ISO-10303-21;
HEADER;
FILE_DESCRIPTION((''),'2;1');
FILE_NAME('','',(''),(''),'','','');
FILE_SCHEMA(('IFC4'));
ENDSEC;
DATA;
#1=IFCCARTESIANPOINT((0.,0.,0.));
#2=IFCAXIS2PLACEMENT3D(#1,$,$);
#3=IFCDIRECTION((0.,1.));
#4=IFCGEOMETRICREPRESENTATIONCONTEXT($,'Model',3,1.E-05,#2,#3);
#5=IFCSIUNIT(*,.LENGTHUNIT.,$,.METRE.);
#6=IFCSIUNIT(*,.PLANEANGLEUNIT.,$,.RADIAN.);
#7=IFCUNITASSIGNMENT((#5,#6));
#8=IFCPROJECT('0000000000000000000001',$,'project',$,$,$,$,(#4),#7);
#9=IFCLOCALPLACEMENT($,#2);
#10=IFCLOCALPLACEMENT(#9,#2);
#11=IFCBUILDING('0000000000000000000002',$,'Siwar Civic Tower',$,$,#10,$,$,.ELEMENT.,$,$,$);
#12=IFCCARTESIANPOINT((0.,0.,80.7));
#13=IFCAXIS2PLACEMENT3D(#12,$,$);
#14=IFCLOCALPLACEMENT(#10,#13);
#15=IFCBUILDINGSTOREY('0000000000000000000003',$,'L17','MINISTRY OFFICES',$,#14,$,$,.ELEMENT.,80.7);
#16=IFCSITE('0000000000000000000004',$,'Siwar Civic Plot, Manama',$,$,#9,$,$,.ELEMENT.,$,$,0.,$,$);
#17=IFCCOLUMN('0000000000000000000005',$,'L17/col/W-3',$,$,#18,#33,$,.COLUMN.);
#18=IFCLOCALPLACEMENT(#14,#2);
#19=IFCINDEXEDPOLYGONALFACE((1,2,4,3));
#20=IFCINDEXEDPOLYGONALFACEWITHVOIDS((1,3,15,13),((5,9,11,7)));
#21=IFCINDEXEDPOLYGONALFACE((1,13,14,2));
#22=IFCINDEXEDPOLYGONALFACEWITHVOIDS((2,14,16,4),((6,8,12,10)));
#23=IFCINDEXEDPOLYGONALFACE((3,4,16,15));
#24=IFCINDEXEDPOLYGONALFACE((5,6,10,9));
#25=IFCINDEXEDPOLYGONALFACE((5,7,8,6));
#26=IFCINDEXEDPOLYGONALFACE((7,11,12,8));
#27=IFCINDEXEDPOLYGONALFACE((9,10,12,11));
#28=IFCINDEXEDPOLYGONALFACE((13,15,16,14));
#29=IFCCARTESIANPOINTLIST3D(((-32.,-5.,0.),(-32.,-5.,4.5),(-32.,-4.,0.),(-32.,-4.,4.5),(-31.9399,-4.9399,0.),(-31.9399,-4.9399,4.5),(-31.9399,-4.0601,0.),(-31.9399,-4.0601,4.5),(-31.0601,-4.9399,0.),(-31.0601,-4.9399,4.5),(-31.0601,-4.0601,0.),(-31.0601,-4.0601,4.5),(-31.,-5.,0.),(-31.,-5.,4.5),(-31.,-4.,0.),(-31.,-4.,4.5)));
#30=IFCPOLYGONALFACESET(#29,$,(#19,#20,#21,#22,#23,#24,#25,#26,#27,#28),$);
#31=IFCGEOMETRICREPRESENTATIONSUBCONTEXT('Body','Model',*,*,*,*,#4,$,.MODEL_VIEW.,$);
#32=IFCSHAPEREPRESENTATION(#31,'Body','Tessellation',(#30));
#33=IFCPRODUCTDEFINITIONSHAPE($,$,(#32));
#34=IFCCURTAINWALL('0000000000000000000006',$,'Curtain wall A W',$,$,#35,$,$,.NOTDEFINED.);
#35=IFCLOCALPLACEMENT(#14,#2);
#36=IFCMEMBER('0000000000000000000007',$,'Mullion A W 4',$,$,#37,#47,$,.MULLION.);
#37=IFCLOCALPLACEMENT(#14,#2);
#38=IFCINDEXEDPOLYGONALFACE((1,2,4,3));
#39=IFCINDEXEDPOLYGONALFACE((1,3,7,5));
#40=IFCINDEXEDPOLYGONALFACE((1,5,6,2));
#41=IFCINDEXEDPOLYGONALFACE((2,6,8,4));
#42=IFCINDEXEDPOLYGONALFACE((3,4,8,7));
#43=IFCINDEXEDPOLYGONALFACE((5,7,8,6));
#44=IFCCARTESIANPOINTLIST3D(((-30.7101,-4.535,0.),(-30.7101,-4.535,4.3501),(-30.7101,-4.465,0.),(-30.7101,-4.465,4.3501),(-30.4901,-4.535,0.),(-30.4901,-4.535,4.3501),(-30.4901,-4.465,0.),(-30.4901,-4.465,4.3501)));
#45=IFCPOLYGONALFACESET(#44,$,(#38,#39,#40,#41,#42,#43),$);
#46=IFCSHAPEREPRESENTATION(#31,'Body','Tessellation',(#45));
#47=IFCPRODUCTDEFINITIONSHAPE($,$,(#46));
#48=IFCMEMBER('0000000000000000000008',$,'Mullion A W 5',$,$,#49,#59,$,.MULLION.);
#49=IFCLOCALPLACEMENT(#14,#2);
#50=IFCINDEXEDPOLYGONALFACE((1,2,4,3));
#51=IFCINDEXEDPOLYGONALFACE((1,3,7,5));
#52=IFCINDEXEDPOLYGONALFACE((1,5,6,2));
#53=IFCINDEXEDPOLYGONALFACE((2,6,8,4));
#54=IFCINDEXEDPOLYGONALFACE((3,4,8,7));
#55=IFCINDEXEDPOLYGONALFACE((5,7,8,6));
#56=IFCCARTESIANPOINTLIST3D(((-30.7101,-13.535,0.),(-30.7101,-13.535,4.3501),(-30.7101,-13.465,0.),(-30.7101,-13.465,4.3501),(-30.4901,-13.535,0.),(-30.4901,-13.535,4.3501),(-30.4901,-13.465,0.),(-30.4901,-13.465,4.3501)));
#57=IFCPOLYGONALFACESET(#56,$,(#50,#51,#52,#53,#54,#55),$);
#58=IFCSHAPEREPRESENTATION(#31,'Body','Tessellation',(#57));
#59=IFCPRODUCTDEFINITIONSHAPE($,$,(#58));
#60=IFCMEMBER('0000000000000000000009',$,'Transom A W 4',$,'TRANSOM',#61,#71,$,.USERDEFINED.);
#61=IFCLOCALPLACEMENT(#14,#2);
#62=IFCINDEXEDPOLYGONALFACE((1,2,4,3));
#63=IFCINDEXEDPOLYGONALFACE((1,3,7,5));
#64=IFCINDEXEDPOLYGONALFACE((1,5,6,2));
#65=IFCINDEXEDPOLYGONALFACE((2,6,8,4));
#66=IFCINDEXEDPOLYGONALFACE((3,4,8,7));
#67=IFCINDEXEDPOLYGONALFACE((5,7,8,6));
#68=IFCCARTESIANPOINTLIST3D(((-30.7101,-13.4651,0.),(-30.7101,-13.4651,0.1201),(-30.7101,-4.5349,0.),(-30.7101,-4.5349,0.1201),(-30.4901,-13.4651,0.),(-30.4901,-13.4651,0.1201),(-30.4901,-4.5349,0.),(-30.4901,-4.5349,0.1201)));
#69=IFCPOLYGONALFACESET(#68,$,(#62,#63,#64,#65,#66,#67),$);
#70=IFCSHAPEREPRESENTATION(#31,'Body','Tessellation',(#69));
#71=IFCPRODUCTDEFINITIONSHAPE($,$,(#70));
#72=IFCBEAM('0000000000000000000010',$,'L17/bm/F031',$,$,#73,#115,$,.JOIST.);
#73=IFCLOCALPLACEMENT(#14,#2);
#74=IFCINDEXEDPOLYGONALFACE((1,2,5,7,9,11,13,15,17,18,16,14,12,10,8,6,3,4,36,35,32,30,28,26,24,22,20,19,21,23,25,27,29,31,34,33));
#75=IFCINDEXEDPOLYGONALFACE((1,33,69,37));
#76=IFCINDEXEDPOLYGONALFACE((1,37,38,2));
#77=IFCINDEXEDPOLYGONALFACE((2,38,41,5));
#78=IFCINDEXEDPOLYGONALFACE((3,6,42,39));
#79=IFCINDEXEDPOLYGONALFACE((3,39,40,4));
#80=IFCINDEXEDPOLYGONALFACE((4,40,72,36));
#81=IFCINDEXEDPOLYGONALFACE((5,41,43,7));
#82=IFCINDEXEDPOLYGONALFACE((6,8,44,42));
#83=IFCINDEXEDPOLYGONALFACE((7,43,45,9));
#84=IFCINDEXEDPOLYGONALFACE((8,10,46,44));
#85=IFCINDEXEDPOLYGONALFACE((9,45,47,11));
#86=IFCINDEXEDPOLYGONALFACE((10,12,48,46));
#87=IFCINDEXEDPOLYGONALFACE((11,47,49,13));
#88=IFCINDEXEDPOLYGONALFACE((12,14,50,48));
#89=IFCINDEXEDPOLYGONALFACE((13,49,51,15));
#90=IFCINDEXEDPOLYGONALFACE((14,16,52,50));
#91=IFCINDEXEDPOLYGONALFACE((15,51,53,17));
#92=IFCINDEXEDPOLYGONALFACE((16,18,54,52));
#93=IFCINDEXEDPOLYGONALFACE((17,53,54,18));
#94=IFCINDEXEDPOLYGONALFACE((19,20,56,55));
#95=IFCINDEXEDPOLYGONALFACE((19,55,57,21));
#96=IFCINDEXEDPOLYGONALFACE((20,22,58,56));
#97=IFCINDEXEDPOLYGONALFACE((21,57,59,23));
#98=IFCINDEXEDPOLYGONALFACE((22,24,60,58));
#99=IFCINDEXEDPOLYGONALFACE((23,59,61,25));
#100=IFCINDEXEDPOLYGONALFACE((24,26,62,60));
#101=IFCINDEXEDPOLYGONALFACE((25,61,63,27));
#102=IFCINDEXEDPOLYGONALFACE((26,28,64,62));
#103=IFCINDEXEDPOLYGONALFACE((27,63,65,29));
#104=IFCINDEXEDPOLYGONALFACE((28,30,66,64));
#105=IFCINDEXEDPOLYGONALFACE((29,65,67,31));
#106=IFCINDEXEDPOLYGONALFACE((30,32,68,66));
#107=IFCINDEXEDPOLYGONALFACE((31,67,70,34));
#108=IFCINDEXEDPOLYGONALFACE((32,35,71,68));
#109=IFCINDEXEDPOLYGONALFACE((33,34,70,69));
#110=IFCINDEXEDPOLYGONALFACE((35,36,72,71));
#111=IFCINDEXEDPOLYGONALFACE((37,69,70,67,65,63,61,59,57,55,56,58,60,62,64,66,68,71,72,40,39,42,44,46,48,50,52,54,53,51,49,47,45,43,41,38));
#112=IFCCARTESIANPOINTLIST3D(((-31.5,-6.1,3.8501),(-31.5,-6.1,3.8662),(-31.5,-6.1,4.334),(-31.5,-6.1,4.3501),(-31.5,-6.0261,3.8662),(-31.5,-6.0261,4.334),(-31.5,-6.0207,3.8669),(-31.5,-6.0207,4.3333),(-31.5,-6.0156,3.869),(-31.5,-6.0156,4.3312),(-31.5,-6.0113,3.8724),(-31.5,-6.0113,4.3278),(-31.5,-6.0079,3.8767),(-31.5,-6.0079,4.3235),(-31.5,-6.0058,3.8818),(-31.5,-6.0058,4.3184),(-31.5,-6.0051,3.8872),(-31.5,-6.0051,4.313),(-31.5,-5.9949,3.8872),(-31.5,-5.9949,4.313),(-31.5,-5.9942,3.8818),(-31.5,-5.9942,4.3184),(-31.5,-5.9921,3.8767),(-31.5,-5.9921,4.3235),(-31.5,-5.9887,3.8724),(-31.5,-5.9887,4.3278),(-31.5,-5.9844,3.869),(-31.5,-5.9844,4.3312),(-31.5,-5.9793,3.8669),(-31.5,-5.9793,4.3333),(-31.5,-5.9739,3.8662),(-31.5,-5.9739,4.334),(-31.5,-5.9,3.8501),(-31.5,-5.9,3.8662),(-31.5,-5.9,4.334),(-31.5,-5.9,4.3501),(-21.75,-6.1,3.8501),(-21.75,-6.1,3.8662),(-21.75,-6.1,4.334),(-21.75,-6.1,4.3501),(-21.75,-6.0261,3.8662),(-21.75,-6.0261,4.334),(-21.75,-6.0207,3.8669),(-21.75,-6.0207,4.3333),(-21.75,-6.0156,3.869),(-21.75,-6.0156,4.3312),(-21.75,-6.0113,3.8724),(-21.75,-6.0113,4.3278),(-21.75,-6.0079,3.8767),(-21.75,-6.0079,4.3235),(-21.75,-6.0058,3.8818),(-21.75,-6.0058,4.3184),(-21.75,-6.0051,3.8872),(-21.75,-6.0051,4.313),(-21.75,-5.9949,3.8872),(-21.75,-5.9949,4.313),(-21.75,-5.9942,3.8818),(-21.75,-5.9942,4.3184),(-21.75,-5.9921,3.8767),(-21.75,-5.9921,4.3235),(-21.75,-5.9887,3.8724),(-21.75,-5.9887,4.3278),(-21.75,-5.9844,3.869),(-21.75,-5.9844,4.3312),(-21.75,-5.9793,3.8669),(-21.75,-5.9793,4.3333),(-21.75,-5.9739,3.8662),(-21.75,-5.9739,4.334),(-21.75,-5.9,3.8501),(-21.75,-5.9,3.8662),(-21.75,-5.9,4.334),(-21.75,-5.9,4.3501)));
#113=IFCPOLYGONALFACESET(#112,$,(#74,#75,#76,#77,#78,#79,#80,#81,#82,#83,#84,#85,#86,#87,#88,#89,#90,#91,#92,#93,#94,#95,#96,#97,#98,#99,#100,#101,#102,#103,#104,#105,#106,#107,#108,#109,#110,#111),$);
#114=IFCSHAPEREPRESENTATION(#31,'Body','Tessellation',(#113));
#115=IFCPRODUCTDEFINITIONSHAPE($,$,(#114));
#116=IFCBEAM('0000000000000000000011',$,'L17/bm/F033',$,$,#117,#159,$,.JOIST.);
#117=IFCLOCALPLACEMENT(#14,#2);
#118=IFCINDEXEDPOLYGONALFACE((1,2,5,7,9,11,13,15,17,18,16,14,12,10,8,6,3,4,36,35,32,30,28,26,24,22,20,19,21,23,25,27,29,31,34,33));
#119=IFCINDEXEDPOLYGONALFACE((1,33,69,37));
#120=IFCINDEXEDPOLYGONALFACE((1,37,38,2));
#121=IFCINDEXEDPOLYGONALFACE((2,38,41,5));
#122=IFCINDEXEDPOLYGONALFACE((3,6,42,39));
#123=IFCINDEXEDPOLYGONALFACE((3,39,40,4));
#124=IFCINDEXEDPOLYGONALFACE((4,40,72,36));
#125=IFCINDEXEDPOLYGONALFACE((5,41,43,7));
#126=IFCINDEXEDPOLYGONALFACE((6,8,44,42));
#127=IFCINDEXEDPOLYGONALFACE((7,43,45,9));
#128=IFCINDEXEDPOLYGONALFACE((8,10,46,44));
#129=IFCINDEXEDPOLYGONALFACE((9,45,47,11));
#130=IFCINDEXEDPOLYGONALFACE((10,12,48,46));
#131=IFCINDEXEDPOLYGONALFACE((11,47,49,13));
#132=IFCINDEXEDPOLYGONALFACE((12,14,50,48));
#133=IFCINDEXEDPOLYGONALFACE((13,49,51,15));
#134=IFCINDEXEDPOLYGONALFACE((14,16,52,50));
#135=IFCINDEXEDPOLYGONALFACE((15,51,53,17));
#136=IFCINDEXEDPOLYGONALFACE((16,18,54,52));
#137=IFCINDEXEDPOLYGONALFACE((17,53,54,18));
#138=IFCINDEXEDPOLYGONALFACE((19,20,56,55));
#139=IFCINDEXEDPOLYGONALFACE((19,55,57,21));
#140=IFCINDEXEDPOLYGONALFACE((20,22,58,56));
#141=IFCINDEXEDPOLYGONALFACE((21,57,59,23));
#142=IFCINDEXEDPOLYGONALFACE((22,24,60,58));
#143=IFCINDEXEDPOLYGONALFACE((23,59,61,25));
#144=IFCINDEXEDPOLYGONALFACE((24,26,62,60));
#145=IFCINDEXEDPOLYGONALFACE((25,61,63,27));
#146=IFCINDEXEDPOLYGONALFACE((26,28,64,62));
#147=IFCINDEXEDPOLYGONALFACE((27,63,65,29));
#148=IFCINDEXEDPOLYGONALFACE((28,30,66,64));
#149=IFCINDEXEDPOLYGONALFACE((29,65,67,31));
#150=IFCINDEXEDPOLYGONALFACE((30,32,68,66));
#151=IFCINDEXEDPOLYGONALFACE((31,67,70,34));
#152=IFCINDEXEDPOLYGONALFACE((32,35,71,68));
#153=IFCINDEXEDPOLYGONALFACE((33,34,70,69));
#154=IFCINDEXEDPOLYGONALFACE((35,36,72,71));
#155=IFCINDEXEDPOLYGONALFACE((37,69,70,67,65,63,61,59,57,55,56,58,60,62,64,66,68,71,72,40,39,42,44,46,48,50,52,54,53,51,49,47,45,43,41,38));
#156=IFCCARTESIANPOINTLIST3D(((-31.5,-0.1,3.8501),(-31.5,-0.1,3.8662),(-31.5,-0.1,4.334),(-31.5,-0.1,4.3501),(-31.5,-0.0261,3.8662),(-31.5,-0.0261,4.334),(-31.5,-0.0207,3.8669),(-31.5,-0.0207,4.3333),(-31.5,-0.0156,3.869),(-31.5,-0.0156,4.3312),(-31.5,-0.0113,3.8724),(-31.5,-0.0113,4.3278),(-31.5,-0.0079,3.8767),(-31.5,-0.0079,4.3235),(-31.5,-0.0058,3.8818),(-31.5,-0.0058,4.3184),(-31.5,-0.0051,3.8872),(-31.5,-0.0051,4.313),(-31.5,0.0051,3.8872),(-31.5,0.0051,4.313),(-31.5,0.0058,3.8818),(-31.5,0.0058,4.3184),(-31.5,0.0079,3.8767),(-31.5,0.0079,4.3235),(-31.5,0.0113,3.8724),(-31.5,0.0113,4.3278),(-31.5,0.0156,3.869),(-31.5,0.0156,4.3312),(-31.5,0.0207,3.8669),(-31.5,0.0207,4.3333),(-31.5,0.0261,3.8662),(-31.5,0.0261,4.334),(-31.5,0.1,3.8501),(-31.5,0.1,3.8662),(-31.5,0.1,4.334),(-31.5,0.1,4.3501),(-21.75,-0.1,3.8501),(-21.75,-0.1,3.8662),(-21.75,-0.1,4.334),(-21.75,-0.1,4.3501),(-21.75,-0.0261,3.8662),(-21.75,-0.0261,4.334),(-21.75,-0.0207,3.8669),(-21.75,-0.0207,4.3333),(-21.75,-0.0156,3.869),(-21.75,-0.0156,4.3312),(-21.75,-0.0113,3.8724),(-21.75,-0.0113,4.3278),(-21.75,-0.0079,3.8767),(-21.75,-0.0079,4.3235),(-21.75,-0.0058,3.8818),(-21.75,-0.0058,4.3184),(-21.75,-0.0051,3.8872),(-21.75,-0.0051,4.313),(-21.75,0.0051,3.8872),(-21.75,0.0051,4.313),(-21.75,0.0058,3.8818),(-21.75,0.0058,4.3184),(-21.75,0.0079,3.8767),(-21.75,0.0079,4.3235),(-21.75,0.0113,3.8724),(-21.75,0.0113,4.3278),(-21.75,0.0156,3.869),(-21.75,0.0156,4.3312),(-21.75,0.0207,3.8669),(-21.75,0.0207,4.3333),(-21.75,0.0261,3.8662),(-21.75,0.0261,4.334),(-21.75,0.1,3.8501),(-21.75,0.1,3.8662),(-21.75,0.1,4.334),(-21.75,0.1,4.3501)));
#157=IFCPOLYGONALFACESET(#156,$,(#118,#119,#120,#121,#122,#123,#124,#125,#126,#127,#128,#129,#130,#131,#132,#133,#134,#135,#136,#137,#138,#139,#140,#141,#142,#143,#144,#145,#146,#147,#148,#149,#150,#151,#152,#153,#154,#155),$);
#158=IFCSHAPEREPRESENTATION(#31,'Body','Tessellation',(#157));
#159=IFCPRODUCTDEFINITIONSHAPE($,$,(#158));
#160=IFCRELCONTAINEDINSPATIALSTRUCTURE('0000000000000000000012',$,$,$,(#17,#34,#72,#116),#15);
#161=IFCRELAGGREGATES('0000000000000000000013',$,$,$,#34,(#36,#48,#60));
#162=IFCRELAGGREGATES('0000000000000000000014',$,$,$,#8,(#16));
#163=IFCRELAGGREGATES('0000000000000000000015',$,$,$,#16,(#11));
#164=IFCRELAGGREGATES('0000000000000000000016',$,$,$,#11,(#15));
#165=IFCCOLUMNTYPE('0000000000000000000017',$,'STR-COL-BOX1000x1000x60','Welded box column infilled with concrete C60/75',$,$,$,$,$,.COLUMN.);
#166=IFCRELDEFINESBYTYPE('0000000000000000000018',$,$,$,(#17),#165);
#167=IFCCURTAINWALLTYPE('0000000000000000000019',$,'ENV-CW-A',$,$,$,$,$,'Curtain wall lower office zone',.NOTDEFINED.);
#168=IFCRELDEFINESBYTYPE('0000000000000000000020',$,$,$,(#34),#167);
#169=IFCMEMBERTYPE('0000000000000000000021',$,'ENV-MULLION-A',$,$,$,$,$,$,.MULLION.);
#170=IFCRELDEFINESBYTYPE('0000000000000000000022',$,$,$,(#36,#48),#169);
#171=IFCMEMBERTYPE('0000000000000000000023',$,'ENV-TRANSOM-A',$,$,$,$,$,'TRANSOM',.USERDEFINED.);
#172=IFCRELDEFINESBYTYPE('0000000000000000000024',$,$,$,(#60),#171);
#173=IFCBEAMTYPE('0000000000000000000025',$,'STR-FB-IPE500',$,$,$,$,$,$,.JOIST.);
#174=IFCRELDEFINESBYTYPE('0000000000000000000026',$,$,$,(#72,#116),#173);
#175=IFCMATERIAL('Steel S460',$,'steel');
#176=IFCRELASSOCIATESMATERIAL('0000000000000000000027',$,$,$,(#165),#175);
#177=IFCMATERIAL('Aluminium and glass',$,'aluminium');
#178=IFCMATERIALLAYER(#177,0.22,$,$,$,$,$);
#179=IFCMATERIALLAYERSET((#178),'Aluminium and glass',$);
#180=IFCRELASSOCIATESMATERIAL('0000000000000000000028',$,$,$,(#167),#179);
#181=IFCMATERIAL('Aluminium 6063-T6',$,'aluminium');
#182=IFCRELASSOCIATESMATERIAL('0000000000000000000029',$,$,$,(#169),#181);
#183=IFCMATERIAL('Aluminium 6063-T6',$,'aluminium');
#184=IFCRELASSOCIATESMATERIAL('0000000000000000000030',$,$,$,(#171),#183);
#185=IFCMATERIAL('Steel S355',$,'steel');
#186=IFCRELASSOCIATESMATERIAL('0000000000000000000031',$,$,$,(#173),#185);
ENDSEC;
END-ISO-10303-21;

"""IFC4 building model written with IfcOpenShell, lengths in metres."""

from ifc_helpers import new_model, si_unit, direction, frame, origin, origin_2d, place, context, subcontext, project, spatial, rectangle, hollow_rectangle, i_section, extrude, material, layer, layer_set, material_profile, profile_set, type_object, element, aggregate, save


model = new_model("IFC4")

# Units and contexts
model_context = context("Model", 3, precision=1e-05, world=origin(), true_north=direction((0.0, 1.0)))
body_context = subcontext(model_context, "Body", "Model", "MODEL_VIEW")
ifc_project = project(units=[si_unit("LENGTHUNIT", "METRE"), si_unit("PLANEANGLEUNIT", "RADIAN")], contexts=[model_context])

# Site, building, storey
site_placement = place(None, origin())
site = spatial("IfcSite", under=ifc_project, at=site_placement, Name="Siwar Civic Plot, Manama", CompositionType="ELEMENT", RefElevation=0.0)
building_placement = place(site_placement, origin())
building = spatial("IfcBuilding", under=site, at=building_placement, Name="Siwar Civic Tower", CompositionType="ELEMENT")
storey_placement = place(building_placement, frame((0.0, 0.0, 80.7)))
storey = spatial("IfcBuildingStorey", under=building, at=storey_placement, Name="L17", Description="MINISTRY OFFICES", CompositionType="ELEMENT", Elevation=80.7)

# Column
ifc_material_1 = material(Name="Steel S460", Category="steel")
ifc_material_profile_1 = material_profile(ifc_material_1, hollow_rectangle(XDim=1.0, YDim=1.0, WallThickness=0.0601, at=origin_2d()), Name="BOX1000x1000x60")
ifc_profile_set_1 = profile_set([ifc_material_profile_1], Name="Steel S460")
column_type = type_object("IfcColumnType", Name="STR-COL-BOX1000x1000x60", Description="Welded box column infilled with concrete C60/75", PredefinedType="COLUMN", material=ifc_profile_set_1)
column_placement = place(storey_placement, frame((-31.5, -4.5, 0.0), z_axis=(0.0, 0.0, 1.0), x_axis=(1.0, 0.0, 0.0)))
element("IfcColumn", 1, at=column_placement, inside=storey, type_object=column_type, Name="L17/col/W-3", PredefinedType="COLUMN", context=body_context, shape_type="SweptSolid", body=[
    extrude(hollow_rectangle(XDim=1.0, YDim=1.0, WallThickness=0.0601, at=origin_2d()), origin(), (0.0, 0.0, 1.0), 4.5),
])

# Curtain wall, members
ifc_material_2 = material(Name="Aluminium and glass", Category="aluminium")
ifc_layer_1 = layer(ifc_material_2, 0.22)
ifc_layer_set_1 = layer_set([ifc_layer_1], Name="Aluminium and glass")
curtain_wall_type = type_object("IfcCurtainWallType", Name="ENV-CW-A", ElementType="Curtain wall lower office zone", PredefinedType="NOTDEFINED", material=ifc_layer_set_1)
curtain_wall_placement = place(storey_placement, origin())
curtain_wall = element("IfcCurtainWall", 2, at=curtain_wall_placement, inside=storey, type_object=curtain_wall_type, Name="Curtain wall A W", PredefinedType="NOTDEFINED")
ifc_material_3 = material(Name="Aluminium 6063-T6", Category="aluminium")
ifc_material_profile_2 = material_profile(ifc_material_3, rectangle(XDim=0.22, YDim=0.0701, at=origin_2d()), Name="AL 220x70")
ifc_profile_set_2 = profile_set([ifc_material_profile_2], Name="Aluminium 6063-T6")
member_type_1 = type_object("IfcMemberType", Name="ENV-MULLION-A", PredefinedType="MULLION", material=ifc_profile_set_2)
member_1_placement = place(storey_placement, frame((-30.6001, -4.5, 0.0), z_axis=(0.0, 0.0, 1.0), x_axis=(1.0, 0.0, 0.0)))
member_1 = element("IfcMember", 3, at=member_1_placement, type_object=member_type_1, Name="Mullion A W 4", PredefinedType="MULLION", context=body_context, shape_type="SweptSolid", body=[
    extrude(rectangle(XDim=0.22, YDim=0.0701, at=origin_2d()), origin(), (0.0, 0.0, 1.0), 4.3501),
])
member_2_placement = place(storey_placement, frame((-30.6001, -13.5, 0.0), z_axis=(0.0, 0.0, 1.0), x_axis=(1.0, 0.0, 0.0)))
member_2 = element("IfcMember", 4, at=member_2_placement, type_object=member_type_1, Name="Mullion A W 5", PredefinedType="MULLION", context=body_context, shape_type="SweptSolid", body=[
    extrude(rectangle(XDim=0.22, YDim=0.0701, at=origin_2d()), origin(), (0.0, 0.0, 1.0), 4.3501),
])
ifc_material_4 = material(Name="Aluminium 6063-T6", Category="aluminium")
ifc_material_profile_3 = material_profile(ifc_material_4, rectangle(XDim=0.22, YDim=0.1201, at=origin_2d()), Name="AL 220x120")
ifc_profile_set_3 = profile_set([ifc_material_profile_3], Name="Aluminium 6063-T6")
member_type_2 = type_object("IfcMemberType", Name="ENV-TRANSOM-A", ElementType="TRANSOM", PredefinedType="USERDEFINED", material=ifc_profile_set_3)
member_3_placement = place(storey_placement, frame((-30.6001, -4.5349, 0.0601), z_axis=(0.0, -1.0, 0.0), x_axis=(1.0, 0.0, 0.0)))
member_3 = element("IfcMember", 5, at=member_3_placement, type_object=member_type_2, Name="Transom A W 4", ObjectType="TRANSOM", PredefinedType="USERDEFINED", context=body_context, shape_type="SweptSolid", body=[
    extrude(rectangle(XDim=0.22, YDim=0.1201, at=origin_2d()), origin(), (0.0, 0.0, 1.0), 8.9302),
])

# Beams
ifc_material_5 = material(Name="Steel S355", Category="steel")
ifc_material_profile_4 = material_profile(ifc_material_5, i_section(OverallWidth=0.2, OverallDepth=0.5, WebThickness=0.0103, FlangeThickness=0.0161, FilletRadius=0.021, at=origin_2d()), Name="IPE500")
ifc_profile_set_4 = profile_set([ifc_material_profile_4], Name="Steel S355")
beam_type_1 = type_object("IfcBeamType", Name="STR-FB-IPE500", PredefinedType="JOIST", material=ifc_profile_set_4)
for number, where, z_axis, x_axis, name in (
    (6, (-31.5, -6.0, 4.1001), (1.0, 0.0, 0.0), (0.0, 1.0, 0.0), "L17/bm/F031"),
    (7, (-31.5, 0.0, 4.1001), (1.0, 0.0, 0.0), (0.0, 1.0, 0.0), "L17/bm/F033"),
):
    element("IfcBeam", number, at=place(storey_placement, frame(where, z_axis=z_axis, x_axis=x_axis)), inside=storey, type_object=beam_type_1, Name=name, PredefinedType="JOIST", context=body_context, shape_type="SweptSolid", body=[
        extrude(i_section(OverallWidth=0.2, OverallDepth=0.5, WebThickness=0.0103, FlangeThickness=0.0161, FilletRadius=0.021, at=origin_2d()), origin(), (0.0, 0.0, 1.0), 9.75),
    ])

aggregate(curtain_wall, [member_1, member_2, member_3])

save(model, "model.ifc")
